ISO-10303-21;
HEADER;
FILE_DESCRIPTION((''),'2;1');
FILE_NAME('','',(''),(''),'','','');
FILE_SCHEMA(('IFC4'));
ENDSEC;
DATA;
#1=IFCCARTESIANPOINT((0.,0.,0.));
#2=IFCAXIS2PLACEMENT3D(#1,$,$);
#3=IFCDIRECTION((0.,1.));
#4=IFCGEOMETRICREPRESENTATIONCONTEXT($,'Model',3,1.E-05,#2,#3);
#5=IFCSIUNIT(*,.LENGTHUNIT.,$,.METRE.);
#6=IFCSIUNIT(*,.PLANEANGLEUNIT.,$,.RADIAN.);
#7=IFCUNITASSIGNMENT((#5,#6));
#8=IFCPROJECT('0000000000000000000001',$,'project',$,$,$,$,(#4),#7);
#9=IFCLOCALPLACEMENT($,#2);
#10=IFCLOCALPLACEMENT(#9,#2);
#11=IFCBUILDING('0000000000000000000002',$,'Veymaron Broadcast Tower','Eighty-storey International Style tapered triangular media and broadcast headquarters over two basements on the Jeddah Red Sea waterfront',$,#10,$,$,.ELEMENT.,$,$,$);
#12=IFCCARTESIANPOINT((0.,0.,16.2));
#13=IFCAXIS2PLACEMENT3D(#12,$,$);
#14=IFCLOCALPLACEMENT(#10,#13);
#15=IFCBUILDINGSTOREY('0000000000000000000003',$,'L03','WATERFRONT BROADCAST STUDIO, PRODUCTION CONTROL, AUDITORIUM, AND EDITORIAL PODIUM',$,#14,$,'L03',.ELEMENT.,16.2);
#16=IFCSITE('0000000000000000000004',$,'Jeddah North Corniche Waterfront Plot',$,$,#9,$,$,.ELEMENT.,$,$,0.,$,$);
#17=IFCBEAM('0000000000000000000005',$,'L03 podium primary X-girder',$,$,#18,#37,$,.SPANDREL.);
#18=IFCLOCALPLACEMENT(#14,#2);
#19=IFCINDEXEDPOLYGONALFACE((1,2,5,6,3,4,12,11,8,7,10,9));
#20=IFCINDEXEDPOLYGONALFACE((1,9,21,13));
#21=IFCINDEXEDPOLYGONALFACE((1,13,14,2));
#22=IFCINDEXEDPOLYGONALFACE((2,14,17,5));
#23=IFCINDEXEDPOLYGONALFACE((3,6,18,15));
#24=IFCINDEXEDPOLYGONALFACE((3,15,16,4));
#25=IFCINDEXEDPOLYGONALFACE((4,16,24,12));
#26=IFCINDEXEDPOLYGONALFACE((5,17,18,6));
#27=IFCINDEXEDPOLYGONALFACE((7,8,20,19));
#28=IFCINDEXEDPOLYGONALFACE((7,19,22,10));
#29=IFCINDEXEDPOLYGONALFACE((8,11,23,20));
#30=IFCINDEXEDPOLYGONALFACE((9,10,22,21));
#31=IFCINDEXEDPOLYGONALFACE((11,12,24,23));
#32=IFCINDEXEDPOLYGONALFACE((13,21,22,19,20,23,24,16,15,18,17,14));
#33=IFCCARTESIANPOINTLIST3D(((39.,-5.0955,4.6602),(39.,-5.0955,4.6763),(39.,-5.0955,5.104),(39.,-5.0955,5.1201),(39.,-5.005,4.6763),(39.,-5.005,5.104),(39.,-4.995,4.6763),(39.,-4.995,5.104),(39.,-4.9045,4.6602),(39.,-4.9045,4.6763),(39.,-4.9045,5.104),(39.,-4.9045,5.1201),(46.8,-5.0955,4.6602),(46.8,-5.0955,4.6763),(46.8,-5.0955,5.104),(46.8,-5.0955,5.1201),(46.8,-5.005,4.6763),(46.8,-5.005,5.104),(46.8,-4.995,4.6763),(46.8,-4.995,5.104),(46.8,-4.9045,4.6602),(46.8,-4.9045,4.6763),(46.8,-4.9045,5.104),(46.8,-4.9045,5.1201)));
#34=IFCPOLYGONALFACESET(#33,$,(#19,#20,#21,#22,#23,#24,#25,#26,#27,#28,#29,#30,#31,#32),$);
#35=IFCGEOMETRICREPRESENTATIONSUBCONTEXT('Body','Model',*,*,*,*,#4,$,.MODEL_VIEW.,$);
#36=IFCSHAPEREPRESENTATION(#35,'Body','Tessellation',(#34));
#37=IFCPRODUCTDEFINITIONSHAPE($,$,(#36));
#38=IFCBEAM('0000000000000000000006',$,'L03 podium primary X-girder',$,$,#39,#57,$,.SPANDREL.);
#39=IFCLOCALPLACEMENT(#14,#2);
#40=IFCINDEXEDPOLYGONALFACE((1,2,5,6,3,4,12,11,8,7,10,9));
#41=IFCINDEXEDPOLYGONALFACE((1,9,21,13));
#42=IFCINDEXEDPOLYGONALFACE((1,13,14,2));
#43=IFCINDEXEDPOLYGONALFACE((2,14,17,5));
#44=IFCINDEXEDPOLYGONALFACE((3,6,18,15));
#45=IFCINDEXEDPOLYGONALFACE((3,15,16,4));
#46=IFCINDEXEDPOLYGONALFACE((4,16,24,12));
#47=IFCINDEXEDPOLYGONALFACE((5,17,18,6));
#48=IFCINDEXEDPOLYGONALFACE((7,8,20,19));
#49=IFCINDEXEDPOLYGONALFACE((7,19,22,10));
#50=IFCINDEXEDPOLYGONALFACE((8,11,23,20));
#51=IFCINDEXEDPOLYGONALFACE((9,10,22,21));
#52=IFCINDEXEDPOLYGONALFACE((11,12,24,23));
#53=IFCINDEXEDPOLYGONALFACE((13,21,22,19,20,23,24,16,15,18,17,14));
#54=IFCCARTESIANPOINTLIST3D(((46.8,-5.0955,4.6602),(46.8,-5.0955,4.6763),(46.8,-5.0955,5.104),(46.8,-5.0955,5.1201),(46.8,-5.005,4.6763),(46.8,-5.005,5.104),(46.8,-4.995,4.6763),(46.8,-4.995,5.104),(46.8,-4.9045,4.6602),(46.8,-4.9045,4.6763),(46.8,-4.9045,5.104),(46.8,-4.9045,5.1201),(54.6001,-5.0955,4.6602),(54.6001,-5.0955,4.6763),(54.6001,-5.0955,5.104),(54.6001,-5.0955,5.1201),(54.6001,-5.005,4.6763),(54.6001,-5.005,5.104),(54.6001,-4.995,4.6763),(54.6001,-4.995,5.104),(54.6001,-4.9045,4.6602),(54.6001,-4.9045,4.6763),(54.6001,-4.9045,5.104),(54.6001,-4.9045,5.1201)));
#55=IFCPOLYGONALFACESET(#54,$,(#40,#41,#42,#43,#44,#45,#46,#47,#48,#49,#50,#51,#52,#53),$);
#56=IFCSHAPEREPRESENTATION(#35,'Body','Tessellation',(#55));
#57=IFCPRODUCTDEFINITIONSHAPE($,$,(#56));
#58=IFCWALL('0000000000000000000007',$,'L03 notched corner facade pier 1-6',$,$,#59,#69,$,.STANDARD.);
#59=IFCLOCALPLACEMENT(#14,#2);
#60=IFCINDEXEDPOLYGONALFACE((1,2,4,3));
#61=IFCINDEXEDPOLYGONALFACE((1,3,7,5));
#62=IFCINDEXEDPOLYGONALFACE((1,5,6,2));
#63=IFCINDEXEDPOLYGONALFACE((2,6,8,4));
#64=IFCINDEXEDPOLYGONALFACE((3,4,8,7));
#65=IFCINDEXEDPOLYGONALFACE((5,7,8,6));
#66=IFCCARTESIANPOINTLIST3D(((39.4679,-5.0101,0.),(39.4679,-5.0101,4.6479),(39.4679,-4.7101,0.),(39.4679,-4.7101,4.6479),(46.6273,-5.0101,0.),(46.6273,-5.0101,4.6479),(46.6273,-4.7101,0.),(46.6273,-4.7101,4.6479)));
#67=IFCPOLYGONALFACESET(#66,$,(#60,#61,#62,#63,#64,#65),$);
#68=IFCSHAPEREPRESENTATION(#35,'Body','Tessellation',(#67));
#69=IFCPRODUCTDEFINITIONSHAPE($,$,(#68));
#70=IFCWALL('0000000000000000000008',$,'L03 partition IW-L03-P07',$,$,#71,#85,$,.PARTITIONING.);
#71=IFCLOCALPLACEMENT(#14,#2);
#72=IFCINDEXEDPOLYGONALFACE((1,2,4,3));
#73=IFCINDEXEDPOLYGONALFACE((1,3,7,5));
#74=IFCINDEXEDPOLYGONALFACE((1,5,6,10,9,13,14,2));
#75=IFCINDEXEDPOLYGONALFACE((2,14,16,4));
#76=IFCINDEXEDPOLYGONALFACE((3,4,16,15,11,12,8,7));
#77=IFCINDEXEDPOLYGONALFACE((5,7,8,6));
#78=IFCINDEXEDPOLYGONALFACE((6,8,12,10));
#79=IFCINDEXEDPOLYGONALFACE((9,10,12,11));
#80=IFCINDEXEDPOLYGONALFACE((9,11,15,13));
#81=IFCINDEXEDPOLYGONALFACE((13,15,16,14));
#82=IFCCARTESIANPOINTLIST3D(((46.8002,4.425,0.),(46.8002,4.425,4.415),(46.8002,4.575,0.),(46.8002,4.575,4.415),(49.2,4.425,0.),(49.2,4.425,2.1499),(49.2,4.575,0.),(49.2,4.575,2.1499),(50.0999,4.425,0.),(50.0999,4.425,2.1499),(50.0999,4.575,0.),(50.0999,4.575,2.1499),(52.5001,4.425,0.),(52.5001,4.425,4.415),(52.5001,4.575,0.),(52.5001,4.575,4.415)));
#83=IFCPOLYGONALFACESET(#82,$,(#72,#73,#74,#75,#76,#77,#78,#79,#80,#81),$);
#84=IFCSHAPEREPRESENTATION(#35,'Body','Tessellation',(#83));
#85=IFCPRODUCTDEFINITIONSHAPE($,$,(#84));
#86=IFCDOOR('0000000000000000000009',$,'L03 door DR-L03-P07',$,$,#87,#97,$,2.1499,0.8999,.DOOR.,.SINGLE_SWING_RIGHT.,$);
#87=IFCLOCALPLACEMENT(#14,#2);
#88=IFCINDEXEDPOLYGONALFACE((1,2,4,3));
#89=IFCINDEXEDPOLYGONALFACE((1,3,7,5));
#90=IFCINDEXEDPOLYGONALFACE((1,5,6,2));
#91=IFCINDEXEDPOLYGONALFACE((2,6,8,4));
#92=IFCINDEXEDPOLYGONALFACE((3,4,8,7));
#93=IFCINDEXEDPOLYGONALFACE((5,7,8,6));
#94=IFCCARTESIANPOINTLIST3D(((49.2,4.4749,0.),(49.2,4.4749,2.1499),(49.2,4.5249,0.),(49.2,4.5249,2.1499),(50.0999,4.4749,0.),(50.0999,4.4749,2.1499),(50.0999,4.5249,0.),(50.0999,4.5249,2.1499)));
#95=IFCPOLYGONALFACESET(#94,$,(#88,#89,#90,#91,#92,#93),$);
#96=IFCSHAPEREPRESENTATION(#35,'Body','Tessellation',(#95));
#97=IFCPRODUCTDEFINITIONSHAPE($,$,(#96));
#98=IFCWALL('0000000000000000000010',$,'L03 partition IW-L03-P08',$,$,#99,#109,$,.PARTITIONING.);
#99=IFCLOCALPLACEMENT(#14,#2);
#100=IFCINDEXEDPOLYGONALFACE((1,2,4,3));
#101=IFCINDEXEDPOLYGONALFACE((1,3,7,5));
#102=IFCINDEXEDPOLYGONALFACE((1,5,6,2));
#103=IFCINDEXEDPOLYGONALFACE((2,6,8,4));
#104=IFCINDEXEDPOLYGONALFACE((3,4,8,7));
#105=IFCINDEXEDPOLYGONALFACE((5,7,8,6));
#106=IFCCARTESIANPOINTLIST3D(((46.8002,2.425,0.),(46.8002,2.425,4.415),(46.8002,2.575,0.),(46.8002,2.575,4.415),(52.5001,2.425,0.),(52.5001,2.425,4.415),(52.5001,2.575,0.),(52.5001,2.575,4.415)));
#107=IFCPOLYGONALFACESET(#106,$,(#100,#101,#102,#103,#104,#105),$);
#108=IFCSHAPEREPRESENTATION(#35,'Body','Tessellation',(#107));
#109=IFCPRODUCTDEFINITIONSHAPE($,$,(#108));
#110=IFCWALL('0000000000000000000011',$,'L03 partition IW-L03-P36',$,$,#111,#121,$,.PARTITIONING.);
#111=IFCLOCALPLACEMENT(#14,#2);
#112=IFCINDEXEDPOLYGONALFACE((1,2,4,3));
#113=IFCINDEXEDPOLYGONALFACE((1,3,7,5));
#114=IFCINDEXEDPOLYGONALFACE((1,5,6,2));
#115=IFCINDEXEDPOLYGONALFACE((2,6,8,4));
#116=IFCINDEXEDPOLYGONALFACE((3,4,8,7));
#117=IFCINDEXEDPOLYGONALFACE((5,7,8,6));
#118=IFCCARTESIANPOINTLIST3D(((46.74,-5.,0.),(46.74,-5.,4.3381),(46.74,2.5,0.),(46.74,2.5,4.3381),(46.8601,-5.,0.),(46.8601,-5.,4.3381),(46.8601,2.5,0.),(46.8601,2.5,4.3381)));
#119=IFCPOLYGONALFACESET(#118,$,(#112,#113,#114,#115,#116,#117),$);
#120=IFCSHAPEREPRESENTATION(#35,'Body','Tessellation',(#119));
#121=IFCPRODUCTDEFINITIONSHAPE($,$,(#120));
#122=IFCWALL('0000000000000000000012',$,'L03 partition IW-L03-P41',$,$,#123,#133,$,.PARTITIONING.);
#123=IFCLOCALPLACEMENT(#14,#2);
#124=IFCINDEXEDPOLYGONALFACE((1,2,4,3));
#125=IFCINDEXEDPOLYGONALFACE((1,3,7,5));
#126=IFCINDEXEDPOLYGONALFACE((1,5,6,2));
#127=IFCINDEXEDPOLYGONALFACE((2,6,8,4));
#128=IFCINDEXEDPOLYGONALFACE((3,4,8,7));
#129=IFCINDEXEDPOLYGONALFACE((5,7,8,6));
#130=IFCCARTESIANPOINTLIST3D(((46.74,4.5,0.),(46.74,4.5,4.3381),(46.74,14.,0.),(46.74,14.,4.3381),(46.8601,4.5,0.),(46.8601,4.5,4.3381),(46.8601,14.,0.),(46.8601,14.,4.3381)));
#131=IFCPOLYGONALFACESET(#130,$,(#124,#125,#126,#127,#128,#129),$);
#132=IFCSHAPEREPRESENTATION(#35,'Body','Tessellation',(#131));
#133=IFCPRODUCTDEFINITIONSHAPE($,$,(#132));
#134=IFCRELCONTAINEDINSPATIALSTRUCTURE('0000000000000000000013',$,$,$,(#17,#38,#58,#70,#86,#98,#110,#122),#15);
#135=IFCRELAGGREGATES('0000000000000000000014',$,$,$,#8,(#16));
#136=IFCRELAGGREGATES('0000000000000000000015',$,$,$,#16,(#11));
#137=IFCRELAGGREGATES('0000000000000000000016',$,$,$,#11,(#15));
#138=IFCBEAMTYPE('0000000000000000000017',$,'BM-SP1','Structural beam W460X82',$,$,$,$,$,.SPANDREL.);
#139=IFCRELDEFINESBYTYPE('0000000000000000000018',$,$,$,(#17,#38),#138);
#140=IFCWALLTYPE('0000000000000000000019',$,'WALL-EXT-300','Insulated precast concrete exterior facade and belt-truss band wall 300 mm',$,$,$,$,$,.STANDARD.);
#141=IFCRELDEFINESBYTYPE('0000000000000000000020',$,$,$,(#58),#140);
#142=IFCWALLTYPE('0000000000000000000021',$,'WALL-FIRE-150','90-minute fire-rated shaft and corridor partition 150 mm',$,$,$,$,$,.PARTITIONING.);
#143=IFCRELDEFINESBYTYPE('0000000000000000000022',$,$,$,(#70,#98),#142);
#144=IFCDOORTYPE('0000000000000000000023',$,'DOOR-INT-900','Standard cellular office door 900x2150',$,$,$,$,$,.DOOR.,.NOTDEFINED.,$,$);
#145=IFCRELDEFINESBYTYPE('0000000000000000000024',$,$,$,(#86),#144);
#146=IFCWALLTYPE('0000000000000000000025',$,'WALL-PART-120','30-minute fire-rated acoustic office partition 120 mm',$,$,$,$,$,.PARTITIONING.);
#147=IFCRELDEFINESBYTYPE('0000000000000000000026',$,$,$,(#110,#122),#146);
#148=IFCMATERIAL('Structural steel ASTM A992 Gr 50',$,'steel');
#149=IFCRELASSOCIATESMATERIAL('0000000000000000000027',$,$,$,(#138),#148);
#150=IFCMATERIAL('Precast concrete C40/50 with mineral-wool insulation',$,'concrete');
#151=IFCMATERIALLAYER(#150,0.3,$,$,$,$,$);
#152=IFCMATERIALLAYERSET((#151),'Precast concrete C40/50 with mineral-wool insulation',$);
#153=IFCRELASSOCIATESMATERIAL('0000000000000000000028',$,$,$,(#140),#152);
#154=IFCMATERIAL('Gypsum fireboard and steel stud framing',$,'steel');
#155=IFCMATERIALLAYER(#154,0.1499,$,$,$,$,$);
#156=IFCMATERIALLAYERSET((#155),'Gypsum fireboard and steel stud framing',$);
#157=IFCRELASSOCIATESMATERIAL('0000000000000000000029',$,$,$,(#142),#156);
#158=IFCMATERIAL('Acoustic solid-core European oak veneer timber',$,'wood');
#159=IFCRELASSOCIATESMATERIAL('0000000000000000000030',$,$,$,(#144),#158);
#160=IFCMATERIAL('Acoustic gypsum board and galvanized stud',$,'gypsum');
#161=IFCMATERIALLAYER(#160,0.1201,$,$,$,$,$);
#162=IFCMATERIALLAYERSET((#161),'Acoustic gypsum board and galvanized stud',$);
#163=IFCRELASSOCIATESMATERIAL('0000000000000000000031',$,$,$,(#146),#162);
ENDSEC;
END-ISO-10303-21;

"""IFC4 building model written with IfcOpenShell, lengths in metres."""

from ifc_helpers import new_model, si_unit, direction, frame, frame_2d, origin, origin_2d, place, context, subcontext, project, spatial, rectangle, i_section, extrude, material, layer, layer_set, material_profile, profile_set, type_object, element, fill, save


model = new_model("IFC4")

# Units and contexts
model_context = context("Model", 3, precision=1e-05, world=origin(), true_north=direction((0.0, 1.0)))
body_context = subcontext(model_context, "Body", "Model", "MODEL_VIEW")
ifc_project = project(units=[si_unit("LENGTHUNIT", "METRE"), si_unit("PLANEANGLEUNIT", "RADIAN")], contexts=[model_context])

# Site, building, storey
site_placement = place(None, origin())
site = spatial("IfcSite", under=ifc_project, at=site_placement, Name="Jeddah North Corniche Waterfront Plot", CompositionType="ELEMENT", RefElevation=0.0)
building_placement = place(site_placement, origin())
building = spatial("IfcBuilding", under=site, at=building_placement, Name="Veymaron Broadcast Tower", Description="Eighty-storey International Style tapered triangular media and broadcast headquarters over two basements on the Jeddah Red Sea waterfront", CompositionType="ELEMENT")
storey_placement = place(building_placement, frame((0.0, 0.0, 16.2)))
storey = spatial("IfcBuildingStorey", under=building, at=storey_placement, Name="L03", Description="WATERFRONT BROADCAST STUDIO, PRODUCTION CONTROL, AUDITORIUM, AND EDITORIAL PODIUM", LongName="L03", CompositionType="ELEMENT", Elevation=16.2)

# Shared definitions
ifc_material_1 = material(Name="Structural steel ASTM A992 Gr 50", Category="steel")

# Beams
ifc_material_profile_1 = material_profile(ifc_material_1, i_section(OverallWidth=0.1909, OverallDepth=0.46, WebThickness=0.01, FlangeThickness=0.0161, at=origin_2d()), Name="W460X82")
ifc_profile_set_1 = profile_set([ifc_material_profile_1], Name="Structural steel ASTM A992 Gr 50")
beam_type_1 = type_object("IfcBeamType", Name="BM-SP1", Description="Structural beam W460X82", PredefinedType="SPANDREL", material=ifc_profile_set_1)
for number, where, z_axis, x_axis, name in (
    (1, (39.0, -5.0, 4.8901), (1.0, 0.0, 0.0), (0.0, 1.0, 0.0), "L03 podium primary X-girder"),
    (2, (46.8, -5.0, 4.8901), (1.0, 0.0, 0.0), (0.0, 1.0, 0.0), "L03 podium primary X-girder"),
):
    element("IfcBeam", number, at=place(storey_placement, frame(where, z_axis=z_axis, x_axis=x_axis)), inside=storey, type_object=beam_type_1, Name=name, PredefinedType="SPANDREL", context=body_context, shape_type="SweptSolid", body=[
        extrude(i_section(OverallWidth=0.1909, OverallDepth=0.46, WebThickness=0.01, FlangeThickness=0.0161, at=origin_2d()), origin(), (0.0, 0.0, 1.0), 7.8),
    ])

# Wall
ifc_material_2 = material(Name="Precast concrete C40/50 with mineral-wool insulation", Category="concrete")
ifc_layer_1 = layer(ifc_material_2, 0.3)
ifc_layer_set_1 = layer_set([ifc_layer_1], Name="Precast concrete C40/50 with mineral-wool insulation")
wall_type_1 = type_object("IfcWallType", Name="WALL-EXT-300", Description="Insulated precast concrete exterior facade and belt-truss band wall 300 mm", PredefinedType="STANDARD", material=ifc_layer_set_1)
wall_1_placement = place(storey_placement, frame((39.468, -4.8601, 0.0), z_axis=(0.0, 0.0, 1.0), x_axis=(1.0, 0.0, 0.0)))
element("IfcWall", 3, at=wall_1_placement, inside=storey, type_object=wall_type_1, Name="L03 notched corner facade pier 1-6", PredefinedType="STANDARD", context=body_context, shape_type="SweptSolid", body=[
    extrude(rectangle(XDim=7.1594, YDim=0.3, at=frame_2d((3.5796, 0.0))), origin(), (0.0, 0.0, 1.0), 4.6479),
])

# Wall, opening, door
ifc_material_3 = material(Name="Gypsum fireboard and steel stud framing", Category="steel")
ifc_layer_2 = layer(ifc_material_3, 0.1499)
ifc_layer_set_2 = layer_set([ifc_layer_2], Name="Gypsum fireboard and steel stud framing")
wall_type_2 = type_object("IfcWallType", Name="WALL-FIRE-150", Description="90-minute fire-rated shaft and corridor partition 150 mm", PredefinedType="PARTITIONING", material=ifc_layer_set_2)
wall_2_placement = place(storey_placement, frame((46.8, 4.5, 0.0), z_axis=(0.0, 0.0, 1.0), x_axis=(1.0, 0.0, 0.0)))
wall_2 = element("IfcWall", 4, at=wall_2_placement, inside=storey, type_object=wall_type_2, Name="L03 partition IW-L03-P07", PredefinedType="PARTITIONING", context=body_context, shape_type="SweptSolid", body=[
    extrude(rectangle(XDim=5.7, YDim=0.1499, at=frame_2d((2.8501, 0.0))), origin(), (0.0, 0.0, 1.0), 4.415),
])
opening_placement = place(wall_2_placement, frame((2.3999, 0.0, 0.0)))
opening = element("IfcOpeningElement", 5, at=opening_placement, cuts=wall_2, PredefinedType="OPENING", context=body_context, shape_type="SweptSolid", body=[
    extrude(rectangle(XDim=0.8999, YDim=2.1499, at=frame_2d((0.45, 1.075))), frame((0.0, 0.085, 0.0), z_axis=(0.0, -1.0, 0.0), x_axis=(1.0, 0.0, 0.0)), (0.0, 0.0, 1.0), 0.1699),
])
ifc_material_4 = material(Name="Acoustic solid-core European oak veneer timber", Category="wood")
door_type = type_object("IfcDoorType", Name="DOOR-INT-900", Description="Standard cellular office door 900x2150", OperationType="NOTDEFINED", PredefinedType="DOOR", material=ifc_material_4)
door_placement = place(opening_placement, origin())
door = element("IfcDoor", 6, at=door_placement, inside=storey, type_object=door_type, Name="L03 door DR-L03-P07", OperationType="SINGLE_SWING_RIGHT", OverallHeight=2.1499, OverallWidth=0.8999, PredefinedType="DOOR", context=body_context, shape_type="SweptSolid", body=[
    extrude(rectangle(XDim=0.8999, YDim=2.1499, at=frame_2d((0.45, 1.075))), frame((0.0, 0.0249, 0.0), z_axis=(0.0, -1.0, 0.0), x_axis=(1.0, 0.0, 0.0)), (0.0, 0.0, 1.0), 0.05),
])
fill(opening, door)

# Walls
wall_3_placement = place(storey_placement, frame((46.8, 2.5, 0.0), z_axis=(0.0, 0.0, 1.0), x_axis=(1.0, 0.0, 0.0)))
element("IfcWall", 7, at=wall_3_placement, inside=storey, type_object=wall_type_2, Name="L03 partition IW-L03-P08", PredefinedType="PARTITIONING", context=body_context, shape_type="SweptSolid", body=[
    extrude(rectangle(XDim=5.7, YDim=0.1499, at=frame_2d((2.8501, 0.0))), origin(), (0.0, 0.0, 1.0), 4.415),
])
ifc_material_5 = material(Name="Acoustic gypsum board and galvanized stud", Category="gypsum")
ifc_layer_3 = layer(ifc_material_5, 0.1201)
ifc_layer_set_3 = layer_set([ifc_layer_3], Name="Acoustic gypsum board and galvanized stud")
wall_type_3 = type_object("IfcWallType", Name="WALL-PART-120", Description="30-minute fire-rated acoustic office partition 120 mm", PredefinedType="PARTITIONING", material=ifc_layer_set_3)
wall_4_placement = place(storey_placement, frame((46.8, -5.0, 0.0), z_axis=(0.0, 0.0, 1.0), x_axis=(0.0, 1.0, 0.0)))
element("IfcWall", 8, at=wall_4_placement, inside=storey, type_object=wall_type_3, Name="L03 partition IW-L03-P36", PredefinedType="PARTITIONING", context=body_context, shape_type="SweptSolid", body=[
    extrude(rectangle(XDim=7.5, YDim=0.1201, at=frame_2d((3.75, 0.0))), origin(), (0.0, 0.0, 1.0), 4.3381),
])
wall_5_placement = place(storey_placement, frame((46.8, 4.5, 0.0), z_axis=(0.0, 0.0, 1.0), x_axis=(0.0, 1.0, 0.0)))
element("IfcWall", 9, at=wall_5_placement, inside=storey, type_object=wall_type_3, Name="L03 partition IW-L03-P41", PredefinedType="PARTITIONING", context=body_context, shape_type="SweptSolid", body=[
    extrude(rectangle(XDim=9.5, YDim=0.1201, at=frame_2d((4.75, 0.0))), origin(), (0.0, 0.0, 1.0), 4.3381),
])

save(model, "model.ifc")
